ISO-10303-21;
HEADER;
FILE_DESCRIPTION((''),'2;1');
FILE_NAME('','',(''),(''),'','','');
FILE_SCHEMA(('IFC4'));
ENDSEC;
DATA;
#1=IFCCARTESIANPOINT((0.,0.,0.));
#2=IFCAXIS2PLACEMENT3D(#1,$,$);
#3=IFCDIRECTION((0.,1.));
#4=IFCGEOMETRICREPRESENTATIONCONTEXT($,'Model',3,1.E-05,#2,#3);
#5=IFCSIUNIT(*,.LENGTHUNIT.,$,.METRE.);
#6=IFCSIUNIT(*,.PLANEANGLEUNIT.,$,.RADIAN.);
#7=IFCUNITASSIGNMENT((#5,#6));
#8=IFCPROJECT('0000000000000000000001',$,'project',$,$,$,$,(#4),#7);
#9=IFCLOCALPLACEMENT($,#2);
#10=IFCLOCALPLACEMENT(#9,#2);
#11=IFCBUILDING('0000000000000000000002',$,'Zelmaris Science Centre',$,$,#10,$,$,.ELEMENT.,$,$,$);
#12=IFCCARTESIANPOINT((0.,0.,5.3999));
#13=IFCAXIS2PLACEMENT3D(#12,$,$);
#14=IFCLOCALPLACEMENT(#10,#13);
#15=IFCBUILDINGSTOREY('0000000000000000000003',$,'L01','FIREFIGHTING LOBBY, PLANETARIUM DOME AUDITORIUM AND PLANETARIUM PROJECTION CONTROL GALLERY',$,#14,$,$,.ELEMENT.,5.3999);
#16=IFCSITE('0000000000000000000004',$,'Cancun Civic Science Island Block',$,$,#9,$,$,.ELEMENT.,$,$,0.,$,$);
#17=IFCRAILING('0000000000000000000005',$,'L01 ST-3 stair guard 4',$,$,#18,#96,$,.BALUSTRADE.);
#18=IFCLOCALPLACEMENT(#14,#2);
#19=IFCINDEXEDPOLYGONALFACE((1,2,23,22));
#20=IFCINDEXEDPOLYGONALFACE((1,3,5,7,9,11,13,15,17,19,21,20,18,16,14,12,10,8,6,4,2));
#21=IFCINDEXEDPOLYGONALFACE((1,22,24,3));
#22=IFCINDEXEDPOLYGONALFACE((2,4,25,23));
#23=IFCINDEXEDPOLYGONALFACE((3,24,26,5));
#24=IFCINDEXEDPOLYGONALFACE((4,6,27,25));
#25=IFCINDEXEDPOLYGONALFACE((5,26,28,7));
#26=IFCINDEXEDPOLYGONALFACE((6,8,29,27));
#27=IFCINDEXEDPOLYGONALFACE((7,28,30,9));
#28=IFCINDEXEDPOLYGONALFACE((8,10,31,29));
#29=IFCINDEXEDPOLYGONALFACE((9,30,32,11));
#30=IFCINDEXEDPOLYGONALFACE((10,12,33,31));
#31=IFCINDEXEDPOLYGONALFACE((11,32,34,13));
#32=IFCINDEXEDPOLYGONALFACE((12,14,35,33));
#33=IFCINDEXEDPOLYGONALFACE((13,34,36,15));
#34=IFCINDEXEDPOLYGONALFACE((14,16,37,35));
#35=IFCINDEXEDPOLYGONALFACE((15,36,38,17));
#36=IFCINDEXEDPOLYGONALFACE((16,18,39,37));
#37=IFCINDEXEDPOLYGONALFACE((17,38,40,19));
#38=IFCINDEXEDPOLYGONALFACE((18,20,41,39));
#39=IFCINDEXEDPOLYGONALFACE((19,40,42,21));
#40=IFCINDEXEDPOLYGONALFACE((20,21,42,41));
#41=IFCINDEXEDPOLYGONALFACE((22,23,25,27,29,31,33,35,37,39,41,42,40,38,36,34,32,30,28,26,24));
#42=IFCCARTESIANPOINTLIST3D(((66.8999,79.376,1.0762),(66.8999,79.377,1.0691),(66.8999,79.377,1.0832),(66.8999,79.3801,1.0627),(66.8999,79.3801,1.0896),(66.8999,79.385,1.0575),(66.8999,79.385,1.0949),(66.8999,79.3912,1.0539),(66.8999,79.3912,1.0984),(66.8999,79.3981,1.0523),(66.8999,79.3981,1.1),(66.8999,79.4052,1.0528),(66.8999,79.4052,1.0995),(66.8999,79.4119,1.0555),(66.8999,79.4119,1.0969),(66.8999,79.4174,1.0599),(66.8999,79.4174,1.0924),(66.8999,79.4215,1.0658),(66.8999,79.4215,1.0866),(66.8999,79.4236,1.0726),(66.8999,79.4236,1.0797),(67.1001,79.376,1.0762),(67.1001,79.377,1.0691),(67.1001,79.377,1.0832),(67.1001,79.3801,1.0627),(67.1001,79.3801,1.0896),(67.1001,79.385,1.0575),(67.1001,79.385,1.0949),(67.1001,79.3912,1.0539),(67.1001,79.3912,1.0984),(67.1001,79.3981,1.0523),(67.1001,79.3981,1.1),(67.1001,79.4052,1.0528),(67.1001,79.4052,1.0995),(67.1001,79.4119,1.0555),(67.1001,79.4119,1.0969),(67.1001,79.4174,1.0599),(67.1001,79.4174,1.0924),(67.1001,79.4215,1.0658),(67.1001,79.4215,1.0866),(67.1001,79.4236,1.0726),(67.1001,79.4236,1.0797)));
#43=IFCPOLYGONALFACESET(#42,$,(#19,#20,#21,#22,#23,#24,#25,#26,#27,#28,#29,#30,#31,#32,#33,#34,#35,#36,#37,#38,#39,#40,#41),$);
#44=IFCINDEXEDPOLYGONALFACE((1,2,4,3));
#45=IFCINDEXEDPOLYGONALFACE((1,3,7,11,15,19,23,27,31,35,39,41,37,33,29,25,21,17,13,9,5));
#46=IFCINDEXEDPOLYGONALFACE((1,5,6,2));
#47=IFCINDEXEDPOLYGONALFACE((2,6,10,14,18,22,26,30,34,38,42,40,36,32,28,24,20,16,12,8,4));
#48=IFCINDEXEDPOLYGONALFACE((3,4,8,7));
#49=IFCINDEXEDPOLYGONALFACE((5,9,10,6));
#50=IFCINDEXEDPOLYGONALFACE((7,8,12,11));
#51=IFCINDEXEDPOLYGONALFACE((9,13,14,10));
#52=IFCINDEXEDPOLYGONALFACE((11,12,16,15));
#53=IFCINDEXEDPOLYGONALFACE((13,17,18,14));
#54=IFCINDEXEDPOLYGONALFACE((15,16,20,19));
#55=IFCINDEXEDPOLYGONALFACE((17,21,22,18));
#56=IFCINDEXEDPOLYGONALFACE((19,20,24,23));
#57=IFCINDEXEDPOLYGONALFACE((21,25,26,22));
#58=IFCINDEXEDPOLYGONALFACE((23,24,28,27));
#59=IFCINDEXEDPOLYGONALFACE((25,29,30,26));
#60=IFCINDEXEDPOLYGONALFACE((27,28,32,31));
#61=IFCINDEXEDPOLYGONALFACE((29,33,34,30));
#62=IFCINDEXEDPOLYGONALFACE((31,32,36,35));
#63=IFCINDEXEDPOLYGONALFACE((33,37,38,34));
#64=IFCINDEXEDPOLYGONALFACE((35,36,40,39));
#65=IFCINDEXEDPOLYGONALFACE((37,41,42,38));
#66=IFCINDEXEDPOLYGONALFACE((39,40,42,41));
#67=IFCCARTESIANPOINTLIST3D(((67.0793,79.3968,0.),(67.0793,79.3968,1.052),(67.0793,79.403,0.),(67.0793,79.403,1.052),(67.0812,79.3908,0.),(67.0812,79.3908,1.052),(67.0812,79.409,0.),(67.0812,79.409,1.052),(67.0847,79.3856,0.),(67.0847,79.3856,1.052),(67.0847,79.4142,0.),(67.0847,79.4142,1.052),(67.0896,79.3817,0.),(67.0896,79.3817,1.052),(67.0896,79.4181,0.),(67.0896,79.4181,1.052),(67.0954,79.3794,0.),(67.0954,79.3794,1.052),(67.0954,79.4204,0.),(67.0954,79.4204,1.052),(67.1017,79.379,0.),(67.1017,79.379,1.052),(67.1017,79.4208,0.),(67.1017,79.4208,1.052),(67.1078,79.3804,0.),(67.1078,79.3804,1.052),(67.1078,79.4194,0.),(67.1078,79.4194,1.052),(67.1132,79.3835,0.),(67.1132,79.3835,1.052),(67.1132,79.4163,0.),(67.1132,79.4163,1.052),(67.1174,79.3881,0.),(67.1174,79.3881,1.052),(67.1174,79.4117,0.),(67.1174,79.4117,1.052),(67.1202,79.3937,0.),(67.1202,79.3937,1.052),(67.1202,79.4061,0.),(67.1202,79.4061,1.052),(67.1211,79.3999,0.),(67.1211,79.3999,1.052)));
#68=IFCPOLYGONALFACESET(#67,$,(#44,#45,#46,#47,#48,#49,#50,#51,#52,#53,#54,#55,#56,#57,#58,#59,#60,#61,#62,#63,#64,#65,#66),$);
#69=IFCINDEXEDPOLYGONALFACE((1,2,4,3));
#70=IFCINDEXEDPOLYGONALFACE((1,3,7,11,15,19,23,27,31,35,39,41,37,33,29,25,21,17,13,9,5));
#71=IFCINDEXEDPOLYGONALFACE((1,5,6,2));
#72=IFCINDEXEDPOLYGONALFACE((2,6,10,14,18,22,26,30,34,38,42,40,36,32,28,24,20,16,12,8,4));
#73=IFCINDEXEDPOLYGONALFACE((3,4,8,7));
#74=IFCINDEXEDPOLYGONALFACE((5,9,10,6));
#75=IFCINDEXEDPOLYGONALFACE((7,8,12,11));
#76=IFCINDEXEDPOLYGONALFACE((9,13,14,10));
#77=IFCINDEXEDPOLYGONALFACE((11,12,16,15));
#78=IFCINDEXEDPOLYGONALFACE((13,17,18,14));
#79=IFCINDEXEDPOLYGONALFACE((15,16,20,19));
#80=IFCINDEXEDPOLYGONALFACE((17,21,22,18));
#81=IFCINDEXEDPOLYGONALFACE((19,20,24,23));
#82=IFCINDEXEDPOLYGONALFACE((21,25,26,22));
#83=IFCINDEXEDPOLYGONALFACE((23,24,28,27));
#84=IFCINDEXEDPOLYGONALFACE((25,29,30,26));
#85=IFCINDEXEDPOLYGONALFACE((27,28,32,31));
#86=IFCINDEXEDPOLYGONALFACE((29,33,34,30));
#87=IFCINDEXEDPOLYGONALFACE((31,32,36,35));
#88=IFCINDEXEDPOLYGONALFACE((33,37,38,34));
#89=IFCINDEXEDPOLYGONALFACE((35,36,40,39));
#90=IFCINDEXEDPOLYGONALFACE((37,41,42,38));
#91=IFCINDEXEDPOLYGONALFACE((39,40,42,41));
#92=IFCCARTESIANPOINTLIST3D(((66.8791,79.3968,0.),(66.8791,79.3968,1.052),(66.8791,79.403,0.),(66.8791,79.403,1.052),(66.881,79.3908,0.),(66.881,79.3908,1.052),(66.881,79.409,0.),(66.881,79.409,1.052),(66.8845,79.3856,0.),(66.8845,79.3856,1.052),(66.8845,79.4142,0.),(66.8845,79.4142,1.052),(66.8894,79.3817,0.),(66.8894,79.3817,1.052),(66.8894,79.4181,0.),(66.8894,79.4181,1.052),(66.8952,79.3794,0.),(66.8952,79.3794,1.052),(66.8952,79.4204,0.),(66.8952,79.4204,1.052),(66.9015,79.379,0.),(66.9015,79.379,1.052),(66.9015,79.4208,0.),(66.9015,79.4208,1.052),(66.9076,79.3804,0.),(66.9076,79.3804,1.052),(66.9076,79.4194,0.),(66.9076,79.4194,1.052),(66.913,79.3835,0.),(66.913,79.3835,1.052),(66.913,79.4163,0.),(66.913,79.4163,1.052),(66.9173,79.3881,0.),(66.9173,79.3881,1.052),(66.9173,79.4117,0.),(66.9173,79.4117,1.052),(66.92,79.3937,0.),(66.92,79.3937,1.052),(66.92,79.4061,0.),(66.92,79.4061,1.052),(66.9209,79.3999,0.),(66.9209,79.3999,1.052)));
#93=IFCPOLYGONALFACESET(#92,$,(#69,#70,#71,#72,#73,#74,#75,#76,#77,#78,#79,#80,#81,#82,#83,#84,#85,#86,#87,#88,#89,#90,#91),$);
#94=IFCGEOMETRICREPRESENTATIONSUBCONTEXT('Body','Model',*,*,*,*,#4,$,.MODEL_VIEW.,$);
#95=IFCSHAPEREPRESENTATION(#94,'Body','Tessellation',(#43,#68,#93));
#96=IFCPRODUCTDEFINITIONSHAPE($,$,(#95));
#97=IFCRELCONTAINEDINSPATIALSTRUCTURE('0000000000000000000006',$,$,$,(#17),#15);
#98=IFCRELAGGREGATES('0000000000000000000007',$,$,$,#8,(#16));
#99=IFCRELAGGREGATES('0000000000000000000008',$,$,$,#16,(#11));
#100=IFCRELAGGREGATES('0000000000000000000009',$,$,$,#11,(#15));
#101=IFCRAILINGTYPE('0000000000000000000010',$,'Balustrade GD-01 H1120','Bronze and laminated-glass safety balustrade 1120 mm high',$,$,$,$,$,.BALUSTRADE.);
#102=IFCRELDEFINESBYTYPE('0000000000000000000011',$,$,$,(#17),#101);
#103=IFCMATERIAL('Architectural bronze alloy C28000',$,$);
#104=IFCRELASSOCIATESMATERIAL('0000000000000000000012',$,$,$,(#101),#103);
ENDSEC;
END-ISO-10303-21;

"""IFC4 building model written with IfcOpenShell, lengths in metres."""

from ifc_helpers import new_model, si_unit, direction, frame, origin, origin_2d, place, context, subcontext, project, spatial, circle, extrude, material, type_object, element, save


model = new_model("IFC4")

# Units and contexts
model_context = context("Model", 3, precision=1e-05, world=origin(), true_north=direction((0.0, 1.0)))
body_context = subcontext(model_context, "Body", "Model", "MODEL_VIEW")
ifc_project = project(units=[si_unit("LENGTHUNIT", "METRE"), si_unit("PLANEANGLEUNIT", "RADIAN")], contexts=[model_context])

# Site, building, storey
site_placement = place(None, origin())
site = spatial("IfcSite", under=ifc_project, at=site_placement, Name="Cancun Civic Science Island Block", CompositionType="ELEMENT", RefElevation=0.0)
building_placement = place(site_placement, origin())
building = spatial("IfcBuilding", under=site, at=building_placement, Name="Zelmaris Science Centre", CompositionType="ELEMENT")
storey_placement = place(building_placement, frame((0.0, 0.0, 5.3999)))
storey = spatial("IfcBuildingStorey", under=building, at=storey_placement, Name="L01", Description="FIREFIGHTING LOBBY, PLANETARIUM DOME AUDITORIUM AND PLANETARIUM PROJECTION CONTROL GALLERY", CompositionType="ELEMENT", Elevation=5.3999)

# Railing
ifc_material_1 = material(Name="Architectural bronze alloy C28000")
railing_type_1 = type_object("IfcRailingType", Name="Balustrade GD-01 H1120", Description="Bronze and laminated-glass safety balustrade 1120 mm high", PredefinedType="BALUSTRADE", material=ifc_material_1)
railing_1_placement = place(storey_placement, frame((67.1001, 79.3999, 0.0)))
element("IfcRailing", 1, at=railing_1_placement, inside=storey, type_object=railing_type_1, Name="L01 ST-3 stair guard 4", PredefinedType="BALUSTRADE", context=body_context, shape_type="SweptSolid", body=[
    extrude(circle(Radius=0.0239, at=origin_2d()), frame((0.0, 0.0, 1.0762), z_axis=(-1.0, 0.0, 0.0), x_axis=(0.0, -1.0, 0.0)), (0.0, 0.0, 1.0), 0.2002),
    extrude(circle(Radius=0.021, at=origin_2d()), origin(), (0.0, 0.0, 1.0), 1.052),
    extrude(circle(Radius=0.021, at=origin_2d()), frame((-0.2002, 0.0, 0.0)), (0.0, 0.0, 1.0), 1.052),
])

save(model, "model.ifc")
